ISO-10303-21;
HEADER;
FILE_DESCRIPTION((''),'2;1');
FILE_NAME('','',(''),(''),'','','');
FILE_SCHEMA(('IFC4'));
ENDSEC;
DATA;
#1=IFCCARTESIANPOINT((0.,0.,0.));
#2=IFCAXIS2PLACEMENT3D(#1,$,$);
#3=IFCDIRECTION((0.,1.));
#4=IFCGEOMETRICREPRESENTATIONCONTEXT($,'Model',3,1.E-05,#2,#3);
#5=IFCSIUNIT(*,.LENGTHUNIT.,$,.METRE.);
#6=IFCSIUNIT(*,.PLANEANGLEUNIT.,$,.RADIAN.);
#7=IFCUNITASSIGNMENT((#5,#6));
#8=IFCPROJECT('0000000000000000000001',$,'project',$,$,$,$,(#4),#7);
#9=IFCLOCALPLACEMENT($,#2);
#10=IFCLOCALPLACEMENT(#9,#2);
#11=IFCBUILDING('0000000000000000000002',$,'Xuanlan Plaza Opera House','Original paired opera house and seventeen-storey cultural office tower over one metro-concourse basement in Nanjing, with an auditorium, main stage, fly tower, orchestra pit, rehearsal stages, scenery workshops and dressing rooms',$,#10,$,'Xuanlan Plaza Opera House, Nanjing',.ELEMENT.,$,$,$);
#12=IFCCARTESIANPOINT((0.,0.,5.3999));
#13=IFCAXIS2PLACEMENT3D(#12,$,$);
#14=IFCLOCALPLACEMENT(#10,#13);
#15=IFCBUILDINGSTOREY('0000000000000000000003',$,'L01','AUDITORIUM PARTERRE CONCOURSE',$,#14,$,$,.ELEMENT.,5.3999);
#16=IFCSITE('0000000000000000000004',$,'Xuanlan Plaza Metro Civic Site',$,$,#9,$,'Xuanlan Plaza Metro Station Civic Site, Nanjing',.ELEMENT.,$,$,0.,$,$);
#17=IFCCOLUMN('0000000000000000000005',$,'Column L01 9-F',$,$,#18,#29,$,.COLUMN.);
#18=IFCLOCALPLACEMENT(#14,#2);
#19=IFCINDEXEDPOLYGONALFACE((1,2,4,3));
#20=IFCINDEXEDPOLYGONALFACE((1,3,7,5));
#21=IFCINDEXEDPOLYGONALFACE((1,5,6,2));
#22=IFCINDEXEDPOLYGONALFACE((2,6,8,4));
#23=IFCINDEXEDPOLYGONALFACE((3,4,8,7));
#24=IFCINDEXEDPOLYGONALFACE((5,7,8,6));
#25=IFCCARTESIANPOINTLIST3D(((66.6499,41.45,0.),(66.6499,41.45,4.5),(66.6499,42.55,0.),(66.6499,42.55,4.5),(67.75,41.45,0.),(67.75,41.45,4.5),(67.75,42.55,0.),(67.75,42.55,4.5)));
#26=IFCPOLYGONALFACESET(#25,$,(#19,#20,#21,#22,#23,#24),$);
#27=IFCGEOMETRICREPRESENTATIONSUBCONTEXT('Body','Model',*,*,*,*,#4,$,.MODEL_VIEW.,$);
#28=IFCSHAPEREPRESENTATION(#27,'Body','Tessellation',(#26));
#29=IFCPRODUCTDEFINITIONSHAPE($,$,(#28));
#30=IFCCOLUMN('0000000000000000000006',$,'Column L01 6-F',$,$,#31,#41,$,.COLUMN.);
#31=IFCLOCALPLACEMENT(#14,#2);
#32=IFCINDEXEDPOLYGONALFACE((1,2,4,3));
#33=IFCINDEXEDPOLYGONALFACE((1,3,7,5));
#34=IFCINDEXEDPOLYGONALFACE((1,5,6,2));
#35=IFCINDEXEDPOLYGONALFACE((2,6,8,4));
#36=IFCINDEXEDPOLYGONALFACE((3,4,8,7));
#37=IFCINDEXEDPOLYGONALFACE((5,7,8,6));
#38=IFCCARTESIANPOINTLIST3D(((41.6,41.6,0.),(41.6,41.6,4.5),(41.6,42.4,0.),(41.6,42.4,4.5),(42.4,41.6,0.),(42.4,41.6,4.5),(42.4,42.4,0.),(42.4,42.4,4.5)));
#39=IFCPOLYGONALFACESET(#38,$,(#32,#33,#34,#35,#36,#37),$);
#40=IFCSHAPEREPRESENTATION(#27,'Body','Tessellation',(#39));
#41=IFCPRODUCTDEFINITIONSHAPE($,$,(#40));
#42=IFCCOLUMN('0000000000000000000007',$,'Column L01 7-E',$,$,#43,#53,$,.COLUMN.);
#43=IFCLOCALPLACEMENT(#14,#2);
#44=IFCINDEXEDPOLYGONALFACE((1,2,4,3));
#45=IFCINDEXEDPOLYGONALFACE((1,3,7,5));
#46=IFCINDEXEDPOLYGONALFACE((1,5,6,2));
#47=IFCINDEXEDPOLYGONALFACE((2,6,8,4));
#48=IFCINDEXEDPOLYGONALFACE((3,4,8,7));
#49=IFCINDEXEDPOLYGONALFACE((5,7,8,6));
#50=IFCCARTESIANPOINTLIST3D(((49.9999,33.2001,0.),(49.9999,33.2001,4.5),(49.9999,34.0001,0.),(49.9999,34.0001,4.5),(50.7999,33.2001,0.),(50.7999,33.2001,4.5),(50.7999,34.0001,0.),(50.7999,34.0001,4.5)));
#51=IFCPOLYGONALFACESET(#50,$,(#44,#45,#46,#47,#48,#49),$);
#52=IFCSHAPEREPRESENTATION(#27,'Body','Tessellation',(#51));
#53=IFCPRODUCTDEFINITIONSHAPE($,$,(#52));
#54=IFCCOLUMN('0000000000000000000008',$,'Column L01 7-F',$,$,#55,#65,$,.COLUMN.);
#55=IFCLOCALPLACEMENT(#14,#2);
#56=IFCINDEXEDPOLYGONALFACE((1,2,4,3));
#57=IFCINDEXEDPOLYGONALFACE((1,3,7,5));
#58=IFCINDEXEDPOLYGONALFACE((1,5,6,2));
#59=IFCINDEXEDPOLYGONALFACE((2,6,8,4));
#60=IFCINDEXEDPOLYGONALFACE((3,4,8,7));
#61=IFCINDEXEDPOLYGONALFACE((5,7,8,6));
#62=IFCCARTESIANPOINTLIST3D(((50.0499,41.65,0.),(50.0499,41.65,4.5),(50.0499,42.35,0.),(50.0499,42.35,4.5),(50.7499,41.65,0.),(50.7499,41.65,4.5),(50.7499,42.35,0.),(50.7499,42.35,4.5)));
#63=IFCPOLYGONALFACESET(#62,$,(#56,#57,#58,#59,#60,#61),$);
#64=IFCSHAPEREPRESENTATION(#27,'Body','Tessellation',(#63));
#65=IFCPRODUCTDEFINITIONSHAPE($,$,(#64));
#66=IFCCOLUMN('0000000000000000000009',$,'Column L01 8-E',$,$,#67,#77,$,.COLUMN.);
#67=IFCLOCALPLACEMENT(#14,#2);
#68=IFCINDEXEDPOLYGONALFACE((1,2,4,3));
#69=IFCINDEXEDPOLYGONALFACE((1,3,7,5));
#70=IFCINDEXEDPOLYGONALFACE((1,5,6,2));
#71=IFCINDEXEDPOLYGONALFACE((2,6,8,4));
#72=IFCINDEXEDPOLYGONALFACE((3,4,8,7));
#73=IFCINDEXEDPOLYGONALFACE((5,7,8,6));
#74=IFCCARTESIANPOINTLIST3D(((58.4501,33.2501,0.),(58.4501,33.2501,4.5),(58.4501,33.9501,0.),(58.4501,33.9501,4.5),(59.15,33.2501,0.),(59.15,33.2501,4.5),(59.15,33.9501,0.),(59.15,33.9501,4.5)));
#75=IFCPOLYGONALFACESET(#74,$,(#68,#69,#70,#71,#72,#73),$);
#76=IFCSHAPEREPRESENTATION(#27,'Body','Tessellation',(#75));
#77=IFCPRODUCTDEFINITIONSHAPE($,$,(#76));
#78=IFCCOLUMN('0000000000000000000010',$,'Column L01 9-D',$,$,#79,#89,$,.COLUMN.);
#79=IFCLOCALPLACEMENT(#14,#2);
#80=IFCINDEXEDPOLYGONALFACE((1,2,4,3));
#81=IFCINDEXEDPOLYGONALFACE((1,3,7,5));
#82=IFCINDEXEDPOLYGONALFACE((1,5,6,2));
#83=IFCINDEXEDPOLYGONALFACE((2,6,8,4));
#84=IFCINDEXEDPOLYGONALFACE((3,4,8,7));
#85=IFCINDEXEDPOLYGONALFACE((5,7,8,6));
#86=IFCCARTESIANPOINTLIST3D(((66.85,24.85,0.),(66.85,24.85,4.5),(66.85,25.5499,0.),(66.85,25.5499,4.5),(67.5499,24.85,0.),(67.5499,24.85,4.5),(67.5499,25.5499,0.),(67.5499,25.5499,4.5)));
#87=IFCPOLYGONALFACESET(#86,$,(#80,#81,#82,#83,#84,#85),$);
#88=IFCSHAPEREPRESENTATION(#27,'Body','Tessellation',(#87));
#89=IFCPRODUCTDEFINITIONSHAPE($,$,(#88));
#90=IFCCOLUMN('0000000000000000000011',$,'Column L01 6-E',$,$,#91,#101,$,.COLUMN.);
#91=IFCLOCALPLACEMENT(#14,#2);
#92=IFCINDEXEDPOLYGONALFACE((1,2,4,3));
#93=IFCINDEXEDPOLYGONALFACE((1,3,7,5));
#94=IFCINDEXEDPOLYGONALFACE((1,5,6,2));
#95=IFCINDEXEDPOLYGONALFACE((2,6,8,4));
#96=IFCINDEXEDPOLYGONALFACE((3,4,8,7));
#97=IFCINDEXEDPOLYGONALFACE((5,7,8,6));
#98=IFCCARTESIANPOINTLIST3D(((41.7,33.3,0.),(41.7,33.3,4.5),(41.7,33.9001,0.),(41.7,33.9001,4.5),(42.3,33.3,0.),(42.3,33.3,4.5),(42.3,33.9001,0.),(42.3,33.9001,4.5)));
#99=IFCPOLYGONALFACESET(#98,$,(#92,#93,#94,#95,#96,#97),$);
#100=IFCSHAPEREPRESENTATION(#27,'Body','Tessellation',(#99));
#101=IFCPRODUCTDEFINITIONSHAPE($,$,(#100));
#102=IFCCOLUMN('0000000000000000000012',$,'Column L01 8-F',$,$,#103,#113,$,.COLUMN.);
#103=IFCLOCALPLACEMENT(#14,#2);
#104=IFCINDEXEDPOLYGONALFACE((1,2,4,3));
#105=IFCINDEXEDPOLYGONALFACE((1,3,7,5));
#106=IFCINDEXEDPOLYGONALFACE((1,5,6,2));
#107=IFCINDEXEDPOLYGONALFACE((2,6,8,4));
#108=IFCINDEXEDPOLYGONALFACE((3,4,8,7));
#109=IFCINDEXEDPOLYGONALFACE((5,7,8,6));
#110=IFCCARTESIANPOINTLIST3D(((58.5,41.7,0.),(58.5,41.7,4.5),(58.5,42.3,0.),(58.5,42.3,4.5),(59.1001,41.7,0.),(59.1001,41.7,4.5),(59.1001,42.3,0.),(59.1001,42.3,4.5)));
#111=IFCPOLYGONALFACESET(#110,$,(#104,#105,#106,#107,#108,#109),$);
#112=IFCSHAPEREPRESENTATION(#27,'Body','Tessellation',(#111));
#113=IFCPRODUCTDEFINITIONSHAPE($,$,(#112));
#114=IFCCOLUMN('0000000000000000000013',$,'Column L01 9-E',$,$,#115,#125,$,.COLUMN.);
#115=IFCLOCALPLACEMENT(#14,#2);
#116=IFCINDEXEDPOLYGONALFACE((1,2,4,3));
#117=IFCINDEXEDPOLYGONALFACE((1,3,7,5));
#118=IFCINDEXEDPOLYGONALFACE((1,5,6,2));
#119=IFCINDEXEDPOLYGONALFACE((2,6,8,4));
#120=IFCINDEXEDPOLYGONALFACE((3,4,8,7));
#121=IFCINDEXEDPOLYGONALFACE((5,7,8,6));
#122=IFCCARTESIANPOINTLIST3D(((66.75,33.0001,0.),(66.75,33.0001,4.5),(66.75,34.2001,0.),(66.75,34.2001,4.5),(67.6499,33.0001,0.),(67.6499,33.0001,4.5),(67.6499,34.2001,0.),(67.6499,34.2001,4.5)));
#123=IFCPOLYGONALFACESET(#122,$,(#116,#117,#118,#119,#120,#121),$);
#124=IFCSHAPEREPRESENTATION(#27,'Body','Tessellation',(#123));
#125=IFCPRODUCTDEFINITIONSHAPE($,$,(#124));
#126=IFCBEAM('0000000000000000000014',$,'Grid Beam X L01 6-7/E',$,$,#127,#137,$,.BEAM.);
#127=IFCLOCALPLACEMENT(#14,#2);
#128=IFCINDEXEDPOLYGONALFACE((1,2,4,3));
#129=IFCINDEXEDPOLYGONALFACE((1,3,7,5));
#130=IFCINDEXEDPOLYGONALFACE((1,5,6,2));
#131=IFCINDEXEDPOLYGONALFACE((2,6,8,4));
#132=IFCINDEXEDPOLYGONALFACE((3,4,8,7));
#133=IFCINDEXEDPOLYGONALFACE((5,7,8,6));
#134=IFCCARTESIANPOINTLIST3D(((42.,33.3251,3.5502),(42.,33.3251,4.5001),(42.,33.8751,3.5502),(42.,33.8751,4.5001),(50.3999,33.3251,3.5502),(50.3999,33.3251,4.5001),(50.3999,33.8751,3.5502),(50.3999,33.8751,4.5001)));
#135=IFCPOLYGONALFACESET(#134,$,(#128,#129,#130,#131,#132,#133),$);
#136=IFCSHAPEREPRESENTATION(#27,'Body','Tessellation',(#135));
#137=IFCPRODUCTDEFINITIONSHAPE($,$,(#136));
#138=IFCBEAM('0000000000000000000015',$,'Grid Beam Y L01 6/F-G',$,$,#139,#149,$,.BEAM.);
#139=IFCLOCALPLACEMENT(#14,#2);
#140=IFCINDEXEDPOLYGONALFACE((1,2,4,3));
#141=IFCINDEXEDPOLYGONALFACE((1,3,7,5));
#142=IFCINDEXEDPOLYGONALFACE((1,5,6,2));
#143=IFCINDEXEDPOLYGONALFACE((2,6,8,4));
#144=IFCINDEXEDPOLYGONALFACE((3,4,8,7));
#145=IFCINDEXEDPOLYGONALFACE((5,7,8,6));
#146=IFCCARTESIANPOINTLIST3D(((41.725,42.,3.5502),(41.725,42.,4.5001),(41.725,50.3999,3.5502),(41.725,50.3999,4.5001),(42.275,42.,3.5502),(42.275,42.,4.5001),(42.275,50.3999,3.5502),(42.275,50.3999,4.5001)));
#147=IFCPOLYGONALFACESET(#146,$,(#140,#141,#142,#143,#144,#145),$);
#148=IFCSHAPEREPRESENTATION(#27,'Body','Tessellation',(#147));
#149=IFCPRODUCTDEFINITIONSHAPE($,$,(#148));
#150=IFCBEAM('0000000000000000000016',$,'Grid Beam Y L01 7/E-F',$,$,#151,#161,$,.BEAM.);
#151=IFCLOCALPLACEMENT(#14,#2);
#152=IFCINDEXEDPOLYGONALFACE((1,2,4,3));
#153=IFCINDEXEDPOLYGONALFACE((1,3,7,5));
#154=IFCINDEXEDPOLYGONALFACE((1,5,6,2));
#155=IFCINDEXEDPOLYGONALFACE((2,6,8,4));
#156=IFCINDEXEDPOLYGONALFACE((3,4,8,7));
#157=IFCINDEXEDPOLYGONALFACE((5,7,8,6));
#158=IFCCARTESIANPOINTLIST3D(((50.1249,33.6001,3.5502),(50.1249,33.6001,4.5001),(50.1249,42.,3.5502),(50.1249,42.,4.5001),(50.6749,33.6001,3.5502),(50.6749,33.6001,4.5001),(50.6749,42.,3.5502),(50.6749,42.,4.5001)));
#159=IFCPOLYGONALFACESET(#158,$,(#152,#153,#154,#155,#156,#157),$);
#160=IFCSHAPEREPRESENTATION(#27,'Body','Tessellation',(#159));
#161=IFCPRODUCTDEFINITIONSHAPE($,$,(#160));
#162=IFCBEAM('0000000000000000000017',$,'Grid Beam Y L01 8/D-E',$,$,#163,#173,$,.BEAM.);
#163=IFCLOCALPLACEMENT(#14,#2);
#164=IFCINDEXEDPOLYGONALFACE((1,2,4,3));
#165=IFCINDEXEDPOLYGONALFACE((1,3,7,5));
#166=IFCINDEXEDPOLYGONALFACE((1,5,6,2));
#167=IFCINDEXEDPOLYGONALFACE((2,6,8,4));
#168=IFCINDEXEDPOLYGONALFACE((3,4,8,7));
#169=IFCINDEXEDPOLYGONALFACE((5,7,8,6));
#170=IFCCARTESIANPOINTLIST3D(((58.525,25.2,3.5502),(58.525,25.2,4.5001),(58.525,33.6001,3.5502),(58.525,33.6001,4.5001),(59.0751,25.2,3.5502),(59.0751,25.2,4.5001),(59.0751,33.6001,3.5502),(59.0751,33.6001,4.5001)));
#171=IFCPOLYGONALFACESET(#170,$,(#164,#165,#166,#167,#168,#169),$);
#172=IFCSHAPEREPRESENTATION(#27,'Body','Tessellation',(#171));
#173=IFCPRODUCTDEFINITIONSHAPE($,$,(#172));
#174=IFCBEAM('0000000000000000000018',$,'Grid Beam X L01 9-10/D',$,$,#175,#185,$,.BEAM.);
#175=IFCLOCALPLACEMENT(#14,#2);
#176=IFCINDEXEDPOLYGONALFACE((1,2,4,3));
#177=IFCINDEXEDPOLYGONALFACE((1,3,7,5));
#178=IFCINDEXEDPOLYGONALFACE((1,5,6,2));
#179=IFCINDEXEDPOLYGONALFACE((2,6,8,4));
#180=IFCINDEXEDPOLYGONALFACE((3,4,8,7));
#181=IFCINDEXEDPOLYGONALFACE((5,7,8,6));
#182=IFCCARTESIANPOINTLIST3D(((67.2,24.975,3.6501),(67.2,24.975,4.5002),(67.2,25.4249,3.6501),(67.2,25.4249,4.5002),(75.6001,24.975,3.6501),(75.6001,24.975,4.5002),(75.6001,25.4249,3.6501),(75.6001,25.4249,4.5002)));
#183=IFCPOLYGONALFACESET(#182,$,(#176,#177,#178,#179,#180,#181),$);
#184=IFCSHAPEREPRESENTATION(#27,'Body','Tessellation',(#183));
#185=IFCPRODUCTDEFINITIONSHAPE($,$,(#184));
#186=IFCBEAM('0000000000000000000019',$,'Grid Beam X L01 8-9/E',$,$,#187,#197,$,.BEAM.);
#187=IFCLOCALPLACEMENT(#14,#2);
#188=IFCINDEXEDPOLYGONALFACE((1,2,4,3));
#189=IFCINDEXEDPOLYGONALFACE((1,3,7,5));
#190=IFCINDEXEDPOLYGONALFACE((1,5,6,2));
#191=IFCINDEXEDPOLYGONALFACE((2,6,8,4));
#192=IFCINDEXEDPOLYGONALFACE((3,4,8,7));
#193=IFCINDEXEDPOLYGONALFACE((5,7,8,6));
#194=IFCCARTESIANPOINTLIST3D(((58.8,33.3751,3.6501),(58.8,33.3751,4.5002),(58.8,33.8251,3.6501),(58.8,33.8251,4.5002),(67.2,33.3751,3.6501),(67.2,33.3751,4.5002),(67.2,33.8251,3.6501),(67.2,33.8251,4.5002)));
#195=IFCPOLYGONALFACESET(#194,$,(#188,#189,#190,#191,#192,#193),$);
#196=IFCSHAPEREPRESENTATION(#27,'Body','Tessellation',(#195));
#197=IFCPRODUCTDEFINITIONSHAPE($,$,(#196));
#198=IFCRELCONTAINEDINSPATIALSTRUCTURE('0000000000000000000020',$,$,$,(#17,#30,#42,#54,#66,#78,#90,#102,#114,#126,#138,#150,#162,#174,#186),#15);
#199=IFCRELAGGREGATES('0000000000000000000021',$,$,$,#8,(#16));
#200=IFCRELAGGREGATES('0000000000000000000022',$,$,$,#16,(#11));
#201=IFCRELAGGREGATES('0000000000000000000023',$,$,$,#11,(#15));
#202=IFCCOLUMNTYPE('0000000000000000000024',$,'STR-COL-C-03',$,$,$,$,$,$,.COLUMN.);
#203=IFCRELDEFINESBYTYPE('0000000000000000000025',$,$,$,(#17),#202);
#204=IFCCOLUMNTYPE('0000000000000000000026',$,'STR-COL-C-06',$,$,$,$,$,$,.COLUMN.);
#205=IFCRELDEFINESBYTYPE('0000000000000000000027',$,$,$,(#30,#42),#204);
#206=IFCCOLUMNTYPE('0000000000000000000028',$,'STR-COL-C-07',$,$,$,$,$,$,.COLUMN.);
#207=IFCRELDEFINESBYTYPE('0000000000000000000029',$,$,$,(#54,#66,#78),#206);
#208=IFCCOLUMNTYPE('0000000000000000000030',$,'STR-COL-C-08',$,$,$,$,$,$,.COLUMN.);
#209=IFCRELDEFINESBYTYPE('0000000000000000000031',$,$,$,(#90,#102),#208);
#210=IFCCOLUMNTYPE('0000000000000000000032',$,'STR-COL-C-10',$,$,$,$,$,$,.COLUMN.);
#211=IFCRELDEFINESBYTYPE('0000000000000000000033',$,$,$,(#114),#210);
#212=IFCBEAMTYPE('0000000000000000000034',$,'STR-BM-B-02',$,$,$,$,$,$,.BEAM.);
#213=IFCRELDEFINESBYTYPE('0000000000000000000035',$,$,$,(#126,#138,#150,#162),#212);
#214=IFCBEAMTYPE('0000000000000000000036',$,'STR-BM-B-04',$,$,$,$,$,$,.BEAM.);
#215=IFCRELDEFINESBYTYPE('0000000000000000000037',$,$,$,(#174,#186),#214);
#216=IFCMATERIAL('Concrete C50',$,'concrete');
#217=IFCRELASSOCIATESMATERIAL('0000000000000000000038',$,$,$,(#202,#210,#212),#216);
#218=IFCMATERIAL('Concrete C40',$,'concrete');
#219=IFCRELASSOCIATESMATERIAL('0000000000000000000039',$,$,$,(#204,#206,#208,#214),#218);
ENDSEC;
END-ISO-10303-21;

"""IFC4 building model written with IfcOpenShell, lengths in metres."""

from ifc_helpers import new_model, si_unit, direction, frame, origin, origin_2d, place, context, subcontext, project, spatial, rectangle, extrude, material, material_profile, profile_set, type_object, element, save


model = new_model("IFC4")

# Units and contexts
model_context = context("Model", 3, precision=1e-05, world=origin(), true_north=direction((0.0, 1.0)))
body_context = subcontext(model_context, "Body", "Model", "MODEL_VIEW")
ifc_project = project(units=[si_unit("LENGTHUNIT", "METRE"), si_unit("PLANEANGLEUNIT", "RADIAN")], contexts=[model_context])

# Site, building, storey
site_placement = place(None, origin())
site = spatial("IfcSite", under=ifc_project, at=site_placement, Name="Xuanlan Plaza Metro Civic Site", LongName="Xuanlan Plaza Metro Station Civic Site, Nanjing", CompositionType="ELEMENT", RefElevation=0.0)
building_placement = place(site_placement, origin())
building = spatial("IfcBuilding", under=site, at=building_placement, Name="Xuanlan Plaza Opera House", Description="Original paired opera house and seventeen-storey cultural office tower over one metro-concourse basement in Nanjing, with an auditorium, main stage, fly tower, orchestra pit, rehearsal stages, scenery workshops and dressing rooms", LongName="Xuanlan Plaza Opera House, Nanjing", CompositionType="ELEMENT")
storey_placement = place(building_placement, frame((0.0, 0.0, 5.3999)))
storey = spatial("IfcBuildingStorey", under=building, at=storey_placement, Name="L01", Description="AUDITORIUM PARTERRE CONCOURSE", CompositionType="ELEMENT", Elevation=5.3999)

# Columns
ifc_material_1 = material(Name="Concrete C50", Category="concrete")
ifc_material_profile_1 = material_profile(ifc_material_1, rectangle(XDim=1.1001, YDim=1.1001, at=origin_2d()), Name="RC-COL 1100x1100")
ifc_profile_set_1 = profile_set([ifc_material_profile_1], Name="Concrete C50")
column_type_1 = type_object("IfcColumnType", Name="STR-COL-C-03", PredefinedType="COLUMN", material=ifc_profile_set_1)
column_1_placement = place(storey_placement, frame((67.2, 42.0, 0.0), z_axis=(0.0, 0.0, 1.0), x_axis=(1.0, 0.0, 0.0)))
element("IfcColumn", 1, at=column_1_placement, inside=storey, type_object=column_type_1, Name="Column L01 9-F", PredefinedType="COLUMN", context=body_context, shape_type="SweptSolid", body=[
    extrude(rectangle(XDim=1.1001, YDim=1.1001, at=origin_2d()), origin(), (0.0, 0.0, 1.0), 4.5),
])
ifc_material_2 = material(Name="Concrete C40", Category="concrete")
ifc_material_profile_2 = material_profile(ifc_material_2, rectangle(XDim=0.8, YDim=0.8, at=origin_2d()), Name="RC-COL 800x800")
ifc_profile_set_2 = profile_set([ifc_material_profile_2], Name="Concrete C40")
column_type_2 = type_object("IfcColumnType", Name="STR-COL-C-06", PredefinedType="COLUMN", material=ifc_profile_set_2)
for number, where, z_axis, x_axis, name in (
    (2, (42.0, 42.0, 0.0), (0.0, 0.0, 1.0), (1.0, 0.0, 0.0), "Column L01 6-F"),
    (3, (50.3999, 33.6001, 0.0), (0.0, 0.0, 1.0), (1.0, 0.0, 0.0), "Column L01 7-E"),
):
    element("IfcColumn", number, at=place(storey_placement, frame(where, z_axis=z_axis, x_axis=x_axis)), inside=storey, type_object=column_type_2, Name=name, PredefinedType="COLUMN", context=body_context, shape_type="SweptSolid", body=[
        extrude(rectangle(XDim=0.8, YDim=0.8, at=origin_2d()), origin(), (0.0, 0.0, 1.0), 4.5),
    ])
ifc_material_profile_3 = material_profile(ifc_material_2, rectangle(XDim=0.7, YDim=0.7, at=origin_2d()), Name="RC-COL 700x700")
ifc_profile_set_3 = profile_set([ifc_material_profile_3], Name="Concrete C40")
column_type_3 = type_object("IfcColumnType", Name="STR-COL-C-07", PredefinedType="COLUMN", material=ifc_profile_set_3)
for number, where, z_axis, x_axis, name in (
    (4, (50.3999, 42.0, 0.0), (0.0, 0.0, 1.0), (1.0, 0.0, 0.0), "Column L01 7-F"),
    (5, (58.8, 33.6001, 0.0), (0.0, 0.0, 1.0), (1.0, 0.0, 0.0), "Column L01 8-E"),
    (6, (67.2, 25.2, 0.0), (0.0, 0.0, 1.0), (1.0, 0.0, 0.0), "Column L01 9-D"),
):
    element("IfcColumn", number, at=place(storey_placement, frame(where, z_axis=z_axis, x_axis=x_axis)), inside=storey, type_object=column_type_3, Name=name, PredefinedType="COLUMN", context=body_context, shape_type="SweptSolid", body=[
        extrude(rectangle(XDim=0.7, YDim=0.7, at=origin_2d()), origin(), (0.0, 0.0, 1.0), 4.5),
    ])
ifc_material_profile_4 = material_profile(ifc_material_2, rectangle(XDim=0.6001, YDim=0.6001, at=origin_2d()), Name="RC-COL 600x600")
ifc_profile_set_4 = profile_set([ifc_material_profile_4], Name="Concrete C40")
column_type_4 = type_object("IfcColumnType", Name="STR-COL-C-08", PredefinedType="COLUMN", material=ifc_profile_set_4)
for number, where, z_axis, x_axis, name in (
    (7, (42.0, 33.6001, 0.0), (0.0, 0.0, 1.0), (1.0, 0.0, 0.0), "Column L01 6-E"),
    (8, (58.8, 42.0, 0.0), (0.0, 0.0, 1.0), (1.0, 0.0, 0.0), "Column L01 8-F"),
):
    element("IfcColumn", number, at=place(storey_placement, frame(where, z_axis=z_axis, x_axis=x_axis)), inside=storey, type_object=column_type_4, Name=name, PredefinedType="COLUMN", context=body_context, shape_type="SweptSolid", body=[
        extrude(rectangle(XDim=0.6001, YDim=0.6001, at=origin_2d()), origin(), (0.0, 0.0, 1.0), 4.5),
    ])
ifc_material_profile_5 = material_profile(ifc_material_1, rectangle(XDim=0.8999, YDim=1.2, at=origin_2d()), Name="RC-COL 900x1200")
ifc_profile_set_5 = profile_set([ifc_material_profile_5], Name="Concrete C50")
column_type_5 = type_object("IfcColumnType", Name="STR-COL-C-10", PredefinedType="COLUMN", material=ifc_profile_set_5)
column_2_placement = place(storey_placement, frame((67.2, 33.6001, 0.0), z_axis=(0.0, 0.0, 1.0), x_axis=(1.0, 0.0, 0.0)))
element("IfcColumn", 9, at=column_2_placement, inside=storey, type_object=column_type_5, Name="Column L01 9-E", PredefinedType="COLUMN", context=body_context, shape_type="SweptSolid", body=[
    extrude(rectangle(XDim=0.8999, YDim=1.2, at=origin_2d()), origin(), (0.0, 0.0, 1.0), 4.5),
])

# Beams
ifc_material_profile_6 = material_profile(ifc_material_1, rectangle(XDim=0.55, YDim=0.95, at=origin_2d()), Name="RC-BM 550x950")
ifc_profile_set_6 = profile_set([ifc_material_profile_6], Name="Concrete C50")
beam_type_1 = type_object("IfcBeamType", Name="STR-BM-B-02", PredefinedType="BEAM", material=ifc_profile_set_6)
for number, where, z_axis, x_axis, name in (
    (10, (42.0, 33.6001, 4.0251), (1.0, 0.0, 0.0), (0.0, 1.0, 0.0), "Grid Beam X L01 6-7/E"),
    (11, (42.0, 42.0, 4.0251), (0.0, 1.0, 0.0), (-1.0, 0.0, 0.0), "Grid Beam Y L01 6/F-G"),
    (12, (50.3999, 33.6001, 4.0251), (0.0, 1.0, 0.0), (-1.0, 0.0, 0.0), "Grid Beam Y L01 7/E-F"),
):
    element("IfcBeam", number, at=place(storey_placement, frame(where, z_axis=z_axis, x_axis=x_axis)), inside=storey, type_object=beam_type_1, Name=name, PredefinedType="BEAM", context=body_context, shape_type="SweptSolid", body=[
        extrude(rectangle(XDim=0.55, YDim=0.95, at=origin_2d()), origin(), (0.0, 0.0, 1.0), 8.3999),
    ])
beam_1_placement = place(storey_placement, frame((58.8, 25.2, 4.0251), z_axis=(0.0, 1.0, 0.0), x_axis=(-1.0, 0.0, 0.0)))
element("IfcBeam", 13, at=beam_1_placement, inside=storey, type_object=beam_type_1, Name="Grid Beam Y L01 8/D-E", PredefinedType="BEAM", context=body_context, shape_type="SweptSolid", body=[
    extrude(rectangle(XDim=0.55, YDim=0.95, at=origin_2d()), origin(), (0.0, 0.0, 1.0), 8.4001),
])
ifc_material_profile_7 = material_profile(ifc_material_2, rectangle(XDim=0.45, YDim=0.8501, at=origin_2d()), Name="RC-BM 450x850")
ifc_profile_set_7 = profile_set([ifc_material_profile_7], Name="Concrete C40")
beam_type_2 = type_object("IfcBeamType", Name="STR-BM-B-04", PredefinedType="BEAM", material=ifc_profile_set_7)
beam_2_placement = place(storey_placement, frame((67.2, 25.2, 4.0752), z_axis=(1.0, 0.0, 0.0), x_axis=(0.0, 1.0, 0.0)))
element("IfcBeam", 14, at=beam_2_placement, inside=storey, type_object=beam_type_2, Name="Grid Beam X L01 9-10/D", PredefinedType="BEAM", context=body_context, shape_type="SweptSolid", body=[
    extrude(rectangle(XDim=0.45, YDim=0.8501, at=origin_2d()), origin(), (0.0, 0.0, 1.0), 8.4001),
])
beam_3_placement = place(storey_placement, frame((58.8, 33.6001, 4.0752), z_axis=(1.0, 0.0, 0.0), x_axis=(0.0, 1.0, 0.0)))
element("IfcBeam", 15, at=beam_3_placement, inside=storey, type_object=beam_type_2, Name="Grid Beam X L01 8-9/E", PredefinedType="BEAM", context=body_context, shape_type="SweptSolid", body=[
    extrude(rectangle(XDim=0.45, YDim=0.8501, at=origin_2d()), origin(), (0.0, 0.0, 1.0), 8.3999),
])

save(model, "model.ifc")
